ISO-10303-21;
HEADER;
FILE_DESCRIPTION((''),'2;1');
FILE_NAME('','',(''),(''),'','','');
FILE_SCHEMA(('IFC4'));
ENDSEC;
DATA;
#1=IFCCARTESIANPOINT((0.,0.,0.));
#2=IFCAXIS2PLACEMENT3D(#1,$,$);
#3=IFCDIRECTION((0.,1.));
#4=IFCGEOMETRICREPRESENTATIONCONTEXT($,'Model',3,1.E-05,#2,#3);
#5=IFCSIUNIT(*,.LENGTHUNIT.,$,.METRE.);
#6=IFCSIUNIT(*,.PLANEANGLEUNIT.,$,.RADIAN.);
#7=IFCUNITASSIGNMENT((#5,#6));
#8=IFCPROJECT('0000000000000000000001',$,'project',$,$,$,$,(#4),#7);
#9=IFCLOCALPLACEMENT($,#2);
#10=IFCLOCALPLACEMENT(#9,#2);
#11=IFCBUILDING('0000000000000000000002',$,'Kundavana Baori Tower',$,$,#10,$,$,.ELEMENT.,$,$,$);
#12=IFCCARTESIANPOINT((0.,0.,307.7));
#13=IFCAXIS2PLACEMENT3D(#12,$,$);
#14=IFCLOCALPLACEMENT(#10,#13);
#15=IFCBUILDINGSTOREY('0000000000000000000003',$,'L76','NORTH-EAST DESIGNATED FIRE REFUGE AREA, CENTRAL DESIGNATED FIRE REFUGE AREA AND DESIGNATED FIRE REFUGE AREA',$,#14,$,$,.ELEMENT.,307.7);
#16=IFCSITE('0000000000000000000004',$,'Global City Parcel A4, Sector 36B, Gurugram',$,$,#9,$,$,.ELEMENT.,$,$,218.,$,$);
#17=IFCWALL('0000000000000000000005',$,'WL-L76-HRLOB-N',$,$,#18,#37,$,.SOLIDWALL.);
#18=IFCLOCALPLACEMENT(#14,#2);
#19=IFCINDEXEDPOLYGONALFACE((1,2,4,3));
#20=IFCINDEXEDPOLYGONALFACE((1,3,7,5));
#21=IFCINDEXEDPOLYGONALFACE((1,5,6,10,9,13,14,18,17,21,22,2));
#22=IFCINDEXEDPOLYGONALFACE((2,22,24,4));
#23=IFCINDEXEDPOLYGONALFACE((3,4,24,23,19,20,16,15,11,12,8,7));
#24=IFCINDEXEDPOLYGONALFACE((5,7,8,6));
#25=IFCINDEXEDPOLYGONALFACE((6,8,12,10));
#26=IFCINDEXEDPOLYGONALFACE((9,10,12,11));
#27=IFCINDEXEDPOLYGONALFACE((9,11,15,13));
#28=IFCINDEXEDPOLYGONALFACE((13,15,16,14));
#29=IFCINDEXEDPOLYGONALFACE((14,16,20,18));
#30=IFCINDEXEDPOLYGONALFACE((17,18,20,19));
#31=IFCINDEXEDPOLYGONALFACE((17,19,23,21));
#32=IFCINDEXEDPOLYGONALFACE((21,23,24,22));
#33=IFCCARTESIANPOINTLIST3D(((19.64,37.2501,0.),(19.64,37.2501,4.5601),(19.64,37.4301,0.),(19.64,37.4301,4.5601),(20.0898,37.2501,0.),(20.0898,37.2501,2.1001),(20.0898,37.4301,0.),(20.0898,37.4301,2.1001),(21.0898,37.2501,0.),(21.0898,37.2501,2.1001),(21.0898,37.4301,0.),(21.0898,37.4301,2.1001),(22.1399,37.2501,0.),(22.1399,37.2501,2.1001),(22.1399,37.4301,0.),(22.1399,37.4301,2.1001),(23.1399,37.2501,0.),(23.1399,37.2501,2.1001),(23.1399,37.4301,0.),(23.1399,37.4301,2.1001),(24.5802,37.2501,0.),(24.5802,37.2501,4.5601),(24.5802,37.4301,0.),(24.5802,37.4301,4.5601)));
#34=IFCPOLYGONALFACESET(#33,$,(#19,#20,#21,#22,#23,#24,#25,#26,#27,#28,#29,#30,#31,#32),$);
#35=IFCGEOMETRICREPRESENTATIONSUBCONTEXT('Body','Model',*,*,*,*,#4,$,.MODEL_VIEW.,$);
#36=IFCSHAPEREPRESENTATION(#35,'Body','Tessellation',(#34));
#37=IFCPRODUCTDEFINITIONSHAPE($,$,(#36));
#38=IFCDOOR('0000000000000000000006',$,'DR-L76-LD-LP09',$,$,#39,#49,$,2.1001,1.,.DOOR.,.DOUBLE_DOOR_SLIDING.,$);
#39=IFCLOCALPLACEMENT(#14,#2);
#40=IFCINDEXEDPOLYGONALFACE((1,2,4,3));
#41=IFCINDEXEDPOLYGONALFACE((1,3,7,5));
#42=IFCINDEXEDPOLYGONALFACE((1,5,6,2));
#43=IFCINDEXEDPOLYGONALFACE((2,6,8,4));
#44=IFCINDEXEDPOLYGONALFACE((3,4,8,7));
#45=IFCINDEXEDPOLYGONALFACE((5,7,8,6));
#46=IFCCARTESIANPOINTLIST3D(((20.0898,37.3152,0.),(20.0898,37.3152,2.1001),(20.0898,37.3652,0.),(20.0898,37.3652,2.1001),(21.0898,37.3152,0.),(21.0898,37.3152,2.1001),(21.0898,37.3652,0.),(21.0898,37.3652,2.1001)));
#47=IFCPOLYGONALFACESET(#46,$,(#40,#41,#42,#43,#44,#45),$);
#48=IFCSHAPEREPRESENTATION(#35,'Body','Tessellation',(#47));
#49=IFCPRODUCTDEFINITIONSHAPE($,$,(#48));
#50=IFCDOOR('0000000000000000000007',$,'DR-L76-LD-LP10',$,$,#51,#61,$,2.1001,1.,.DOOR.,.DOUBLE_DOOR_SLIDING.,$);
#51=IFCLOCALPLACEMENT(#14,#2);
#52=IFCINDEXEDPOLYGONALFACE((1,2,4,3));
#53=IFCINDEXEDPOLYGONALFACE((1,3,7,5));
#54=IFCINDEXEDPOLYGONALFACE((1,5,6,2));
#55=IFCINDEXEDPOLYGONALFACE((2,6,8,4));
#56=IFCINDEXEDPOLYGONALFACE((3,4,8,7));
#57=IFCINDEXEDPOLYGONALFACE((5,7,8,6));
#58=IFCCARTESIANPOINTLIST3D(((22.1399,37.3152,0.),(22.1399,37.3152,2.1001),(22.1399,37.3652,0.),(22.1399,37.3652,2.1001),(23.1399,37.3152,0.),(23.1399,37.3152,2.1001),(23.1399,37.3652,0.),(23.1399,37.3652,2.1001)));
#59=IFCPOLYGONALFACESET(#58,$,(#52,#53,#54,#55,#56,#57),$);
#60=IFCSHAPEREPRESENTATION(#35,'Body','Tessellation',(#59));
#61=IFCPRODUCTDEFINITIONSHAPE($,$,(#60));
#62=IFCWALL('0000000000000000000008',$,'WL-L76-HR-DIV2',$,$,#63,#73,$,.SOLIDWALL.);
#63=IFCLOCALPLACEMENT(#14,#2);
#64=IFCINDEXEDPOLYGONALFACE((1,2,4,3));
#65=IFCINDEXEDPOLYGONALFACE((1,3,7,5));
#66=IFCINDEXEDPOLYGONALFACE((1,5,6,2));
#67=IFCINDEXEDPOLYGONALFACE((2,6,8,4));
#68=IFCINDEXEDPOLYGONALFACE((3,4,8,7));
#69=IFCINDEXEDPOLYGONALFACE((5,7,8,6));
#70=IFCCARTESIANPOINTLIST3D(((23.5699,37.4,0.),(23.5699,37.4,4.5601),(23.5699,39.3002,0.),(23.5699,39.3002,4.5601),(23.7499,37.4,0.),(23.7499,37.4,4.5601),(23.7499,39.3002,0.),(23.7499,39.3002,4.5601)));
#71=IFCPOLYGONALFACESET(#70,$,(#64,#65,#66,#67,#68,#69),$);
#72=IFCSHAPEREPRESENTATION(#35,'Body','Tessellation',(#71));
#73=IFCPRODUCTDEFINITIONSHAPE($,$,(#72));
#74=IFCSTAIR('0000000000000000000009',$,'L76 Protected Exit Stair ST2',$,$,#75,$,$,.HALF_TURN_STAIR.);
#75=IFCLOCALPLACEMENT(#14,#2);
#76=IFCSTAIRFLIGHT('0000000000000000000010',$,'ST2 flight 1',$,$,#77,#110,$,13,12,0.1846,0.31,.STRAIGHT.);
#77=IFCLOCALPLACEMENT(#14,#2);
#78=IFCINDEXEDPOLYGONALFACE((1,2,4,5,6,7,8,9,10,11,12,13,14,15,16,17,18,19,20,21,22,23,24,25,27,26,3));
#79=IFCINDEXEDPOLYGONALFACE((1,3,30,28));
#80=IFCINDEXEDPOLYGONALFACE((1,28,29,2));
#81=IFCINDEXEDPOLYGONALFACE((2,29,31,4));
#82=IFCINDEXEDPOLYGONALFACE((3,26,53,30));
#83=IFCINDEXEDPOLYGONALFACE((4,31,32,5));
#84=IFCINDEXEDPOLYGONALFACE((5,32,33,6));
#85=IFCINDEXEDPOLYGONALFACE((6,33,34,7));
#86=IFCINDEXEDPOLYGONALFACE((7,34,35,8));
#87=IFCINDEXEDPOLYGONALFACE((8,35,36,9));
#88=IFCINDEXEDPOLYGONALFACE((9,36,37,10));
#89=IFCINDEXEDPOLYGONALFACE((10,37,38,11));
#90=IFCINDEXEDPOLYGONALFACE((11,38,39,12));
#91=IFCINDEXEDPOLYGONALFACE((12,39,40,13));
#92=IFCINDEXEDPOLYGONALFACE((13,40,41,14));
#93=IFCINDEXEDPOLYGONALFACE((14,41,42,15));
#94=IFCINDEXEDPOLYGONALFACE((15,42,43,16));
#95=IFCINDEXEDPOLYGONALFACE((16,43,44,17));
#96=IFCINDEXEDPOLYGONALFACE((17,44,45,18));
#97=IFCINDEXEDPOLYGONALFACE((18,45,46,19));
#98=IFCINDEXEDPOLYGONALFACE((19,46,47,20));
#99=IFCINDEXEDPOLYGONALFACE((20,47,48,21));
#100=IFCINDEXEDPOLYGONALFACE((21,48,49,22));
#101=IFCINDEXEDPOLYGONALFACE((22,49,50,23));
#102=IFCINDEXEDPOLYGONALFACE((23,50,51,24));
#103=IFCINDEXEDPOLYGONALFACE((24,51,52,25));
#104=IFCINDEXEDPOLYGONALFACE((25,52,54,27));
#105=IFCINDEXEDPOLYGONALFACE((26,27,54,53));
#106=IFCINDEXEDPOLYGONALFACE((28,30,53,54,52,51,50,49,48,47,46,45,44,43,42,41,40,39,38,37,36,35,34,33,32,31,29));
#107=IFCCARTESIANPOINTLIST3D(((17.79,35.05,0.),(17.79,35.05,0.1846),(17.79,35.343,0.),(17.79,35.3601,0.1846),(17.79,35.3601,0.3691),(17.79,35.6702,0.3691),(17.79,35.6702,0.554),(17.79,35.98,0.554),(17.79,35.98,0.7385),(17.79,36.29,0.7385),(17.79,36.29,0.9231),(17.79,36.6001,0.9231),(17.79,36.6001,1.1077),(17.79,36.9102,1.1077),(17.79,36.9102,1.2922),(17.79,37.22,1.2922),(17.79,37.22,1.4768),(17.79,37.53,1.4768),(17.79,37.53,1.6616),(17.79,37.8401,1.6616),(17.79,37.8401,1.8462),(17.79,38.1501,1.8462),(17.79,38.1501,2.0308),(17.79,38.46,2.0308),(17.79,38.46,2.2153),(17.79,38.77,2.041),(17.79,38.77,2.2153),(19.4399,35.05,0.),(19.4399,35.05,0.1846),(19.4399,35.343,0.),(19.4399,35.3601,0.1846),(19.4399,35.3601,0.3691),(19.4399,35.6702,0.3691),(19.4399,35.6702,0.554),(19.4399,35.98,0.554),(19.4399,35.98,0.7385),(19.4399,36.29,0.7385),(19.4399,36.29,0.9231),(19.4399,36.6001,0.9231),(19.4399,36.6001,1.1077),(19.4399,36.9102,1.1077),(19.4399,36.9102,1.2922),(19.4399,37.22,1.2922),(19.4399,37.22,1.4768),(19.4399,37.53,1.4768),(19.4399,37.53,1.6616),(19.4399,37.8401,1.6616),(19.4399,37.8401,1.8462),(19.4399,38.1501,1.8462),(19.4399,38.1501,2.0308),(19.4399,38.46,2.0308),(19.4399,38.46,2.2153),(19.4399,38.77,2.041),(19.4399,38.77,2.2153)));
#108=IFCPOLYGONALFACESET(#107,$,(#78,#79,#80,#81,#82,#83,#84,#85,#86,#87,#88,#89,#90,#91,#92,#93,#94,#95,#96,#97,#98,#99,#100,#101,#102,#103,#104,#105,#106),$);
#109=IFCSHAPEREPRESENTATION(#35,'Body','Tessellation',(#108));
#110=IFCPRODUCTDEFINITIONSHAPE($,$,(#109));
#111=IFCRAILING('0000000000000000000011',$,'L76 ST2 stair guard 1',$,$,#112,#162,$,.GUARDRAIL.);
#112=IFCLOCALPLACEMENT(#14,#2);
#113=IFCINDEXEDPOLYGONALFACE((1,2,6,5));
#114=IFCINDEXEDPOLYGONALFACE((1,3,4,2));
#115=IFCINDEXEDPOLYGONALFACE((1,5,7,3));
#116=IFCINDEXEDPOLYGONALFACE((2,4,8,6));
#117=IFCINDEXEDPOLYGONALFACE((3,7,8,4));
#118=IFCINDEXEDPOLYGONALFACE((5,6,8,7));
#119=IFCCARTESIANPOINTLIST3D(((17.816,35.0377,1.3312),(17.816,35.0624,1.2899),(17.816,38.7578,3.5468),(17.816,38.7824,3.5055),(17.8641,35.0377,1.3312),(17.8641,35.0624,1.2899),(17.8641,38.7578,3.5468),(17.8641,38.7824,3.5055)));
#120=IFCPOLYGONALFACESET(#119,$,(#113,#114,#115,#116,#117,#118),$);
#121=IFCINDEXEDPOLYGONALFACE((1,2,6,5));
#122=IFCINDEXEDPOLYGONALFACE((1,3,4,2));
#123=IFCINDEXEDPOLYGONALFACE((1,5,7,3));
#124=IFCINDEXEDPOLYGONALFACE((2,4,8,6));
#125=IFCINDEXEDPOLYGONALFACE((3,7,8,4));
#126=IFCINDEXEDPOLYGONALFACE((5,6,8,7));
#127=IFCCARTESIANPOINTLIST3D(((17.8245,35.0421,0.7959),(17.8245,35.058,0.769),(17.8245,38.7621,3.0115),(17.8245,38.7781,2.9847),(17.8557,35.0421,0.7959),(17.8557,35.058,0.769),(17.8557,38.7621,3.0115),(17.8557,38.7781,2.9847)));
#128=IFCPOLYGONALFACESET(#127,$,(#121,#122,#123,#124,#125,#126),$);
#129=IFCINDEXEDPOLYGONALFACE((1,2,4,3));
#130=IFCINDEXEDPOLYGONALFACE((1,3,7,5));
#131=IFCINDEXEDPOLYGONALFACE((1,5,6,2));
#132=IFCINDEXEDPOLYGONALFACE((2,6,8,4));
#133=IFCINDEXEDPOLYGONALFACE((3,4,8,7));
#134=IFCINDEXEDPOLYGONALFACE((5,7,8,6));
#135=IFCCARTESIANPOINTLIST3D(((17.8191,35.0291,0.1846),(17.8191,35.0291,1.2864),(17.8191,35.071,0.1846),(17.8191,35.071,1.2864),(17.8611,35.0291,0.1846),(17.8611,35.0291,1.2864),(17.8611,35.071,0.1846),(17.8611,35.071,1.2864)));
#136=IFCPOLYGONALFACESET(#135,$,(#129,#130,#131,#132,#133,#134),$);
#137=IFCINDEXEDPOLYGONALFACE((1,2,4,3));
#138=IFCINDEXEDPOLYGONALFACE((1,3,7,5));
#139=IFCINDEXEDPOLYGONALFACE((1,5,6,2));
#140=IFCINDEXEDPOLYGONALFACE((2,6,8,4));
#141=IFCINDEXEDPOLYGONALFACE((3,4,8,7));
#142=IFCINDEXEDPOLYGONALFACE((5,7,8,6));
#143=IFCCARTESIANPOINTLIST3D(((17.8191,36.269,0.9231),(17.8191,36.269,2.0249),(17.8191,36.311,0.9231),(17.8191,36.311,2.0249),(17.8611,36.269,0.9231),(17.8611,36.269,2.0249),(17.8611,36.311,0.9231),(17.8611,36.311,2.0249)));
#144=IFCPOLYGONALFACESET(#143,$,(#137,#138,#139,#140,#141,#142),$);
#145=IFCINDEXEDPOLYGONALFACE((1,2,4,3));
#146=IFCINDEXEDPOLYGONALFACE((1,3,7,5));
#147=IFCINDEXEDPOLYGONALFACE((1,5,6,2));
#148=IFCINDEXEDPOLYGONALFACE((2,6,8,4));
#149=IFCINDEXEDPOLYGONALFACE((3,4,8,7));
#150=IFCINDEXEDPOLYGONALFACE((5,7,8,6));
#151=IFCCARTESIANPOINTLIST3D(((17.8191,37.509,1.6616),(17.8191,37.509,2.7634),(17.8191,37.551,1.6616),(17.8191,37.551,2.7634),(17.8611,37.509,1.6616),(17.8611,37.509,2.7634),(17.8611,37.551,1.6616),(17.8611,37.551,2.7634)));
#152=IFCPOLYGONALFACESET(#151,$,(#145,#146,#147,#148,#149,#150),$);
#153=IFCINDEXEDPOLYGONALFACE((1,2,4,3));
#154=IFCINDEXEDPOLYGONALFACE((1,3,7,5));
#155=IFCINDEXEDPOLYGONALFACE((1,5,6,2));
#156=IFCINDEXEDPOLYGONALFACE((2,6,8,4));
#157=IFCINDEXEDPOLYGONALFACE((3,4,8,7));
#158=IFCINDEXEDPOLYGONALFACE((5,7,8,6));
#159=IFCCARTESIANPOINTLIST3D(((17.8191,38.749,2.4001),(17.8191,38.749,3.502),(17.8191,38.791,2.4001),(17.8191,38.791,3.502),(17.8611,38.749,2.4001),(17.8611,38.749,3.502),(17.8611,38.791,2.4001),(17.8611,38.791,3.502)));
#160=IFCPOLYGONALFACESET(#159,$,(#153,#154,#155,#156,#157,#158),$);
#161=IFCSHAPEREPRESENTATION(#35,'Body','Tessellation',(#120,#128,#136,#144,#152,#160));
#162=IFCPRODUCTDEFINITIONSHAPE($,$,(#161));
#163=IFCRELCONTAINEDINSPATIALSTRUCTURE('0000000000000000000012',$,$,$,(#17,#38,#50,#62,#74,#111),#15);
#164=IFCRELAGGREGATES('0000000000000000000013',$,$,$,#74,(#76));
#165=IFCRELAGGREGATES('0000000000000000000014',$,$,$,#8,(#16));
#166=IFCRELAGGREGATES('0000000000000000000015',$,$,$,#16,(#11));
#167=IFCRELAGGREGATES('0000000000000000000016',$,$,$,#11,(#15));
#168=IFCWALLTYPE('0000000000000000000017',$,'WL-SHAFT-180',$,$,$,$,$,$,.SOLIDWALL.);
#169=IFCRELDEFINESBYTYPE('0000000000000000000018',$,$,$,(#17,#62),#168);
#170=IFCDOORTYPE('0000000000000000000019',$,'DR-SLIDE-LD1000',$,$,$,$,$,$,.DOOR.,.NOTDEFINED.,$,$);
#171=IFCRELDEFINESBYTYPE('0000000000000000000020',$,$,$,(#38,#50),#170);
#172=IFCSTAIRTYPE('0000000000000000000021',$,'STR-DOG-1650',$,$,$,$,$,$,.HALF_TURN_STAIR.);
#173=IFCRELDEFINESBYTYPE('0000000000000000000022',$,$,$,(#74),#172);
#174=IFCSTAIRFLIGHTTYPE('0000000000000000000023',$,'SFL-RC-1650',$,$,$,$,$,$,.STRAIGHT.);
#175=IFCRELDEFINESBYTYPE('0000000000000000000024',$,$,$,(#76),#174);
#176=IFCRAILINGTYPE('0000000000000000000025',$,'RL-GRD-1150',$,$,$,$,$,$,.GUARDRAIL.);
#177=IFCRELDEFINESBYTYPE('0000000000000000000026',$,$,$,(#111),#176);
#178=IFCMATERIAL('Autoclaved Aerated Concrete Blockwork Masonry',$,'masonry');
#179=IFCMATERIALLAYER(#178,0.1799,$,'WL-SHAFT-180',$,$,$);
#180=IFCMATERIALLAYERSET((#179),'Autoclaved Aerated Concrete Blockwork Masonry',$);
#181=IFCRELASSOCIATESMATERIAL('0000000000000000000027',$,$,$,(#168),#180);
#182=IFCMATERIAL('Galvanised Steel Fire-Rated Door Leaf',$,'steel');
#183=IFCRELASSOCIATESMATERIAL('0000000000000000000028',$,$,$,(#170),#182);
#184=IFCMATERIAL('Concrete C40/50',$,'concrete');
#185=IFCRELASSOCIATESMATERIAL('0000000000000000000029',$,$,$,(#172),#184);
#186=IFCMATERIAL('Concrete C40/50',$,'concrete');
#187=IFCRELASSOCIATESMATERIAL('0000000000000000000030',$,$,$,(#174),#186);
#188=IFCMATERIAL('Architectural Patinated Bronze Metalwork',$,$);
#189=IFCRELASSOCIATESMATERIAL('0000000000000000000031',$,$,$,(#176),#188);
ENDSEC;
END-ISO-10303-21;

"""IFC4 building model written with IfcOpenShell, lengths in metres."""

from ifc_helpers import new_model, si_unit, direction, frame, frame_2d, origin, origin_2d, place, context, subcontext, project, spatial, polyline, rectangle, outline, extrude, material, layer, layer_set, type_object, element, fill, aggregate, save


model = new_model("IFC4")

# Units and contexts
model_context = context("Model", 3, precision=1e-05, world=origin(), true_north=direction((0.0, 1.0)))
body_context = subcontext(model_context, "Body", "Model", "MODEL_VIEW")
ifc_project = project(units=[si_unit("LENGTHUNIT", "METRE"), si_unit("PLANEANGLEUNIT", "RADIAN")], contexts=[model_context])

# Site, building, storey
site_placement = place(None, origin())
site = spatial("IfcSite", under=ifc_project, at=site_placement, Name="Global City Parcel A4, Sector 36B, Gurugram", CompositionType="ELEMENT", RefElevation=218.0)
building_placement = place(site_placement, origin())
building = spatial("IfcBuilding", under=site, at=building_placement, Name="Kundavana Baori Tower", CompositionType="ELEMENT")
storey_placement = place(building_placement, frame((0.0, 0.0, 307.7)))
storey = spatial("IfcBuildingStorey", under=building, at=storey_placement, Name="L76", Description="NORTH-EAST DESIGNATED FIRE REFUGE AREA, CENTRAL DESIGNATED FIRE REFUGE AREA AND DESIGNATED FIRE REFUGE AREA", CompositionType="ELEMENT", Elevation=307.7)

# Shared definitions
ifc_material_1 = material(Name="Autoclaved Aerated Concrete Blockwork Masonry", Category="masonry")
ifc_layer_1 = layer(ifc_material_1, 0.1799, Name="WL-SHAFT-180")
ifc_layer_set_1 = layer_set([ifc_layer_1], Name="Autoclaved Aerated Concrete Blockwork Masonry")
wall_type_1 = type_object("IfcWallType", Name="WL-SHAFT-180", PredefinedType="SOLIDWALL", material=ifc_layer_set_1)
ifc_material_2 = material(Name="Galvanised Steel Fire-Rated Door Leaf", Category="steel")
door_type_1 = type_object("IfcDoorType", Name="DR-SLIDE-LD1000", OperationType="NOTDEFINED", PredefinedType="DOOR", material=ifc_material_2)

# Wall, openings, doors
wall_1_placement = place(storey_placement, frame((19.6399, 37.3401, 0.0), z_axis=(0.0, 0.0, 1.0), x_axis=(1.0, 0.0, 0.0)))
wall_1 = element("IfcWall", 1, at=wall_1_placement, inside=storey, type_object=wall_type_1, Name="WL-L76-HRLOB-N", PredefinedType="SOLIDWALL", context=body_context, shape_type="SweptSolid", body=[
    extrude(rectangle(XDim=4.9402, YDim=0.1799, at=frame_2d((2.4702, 0.0))), origin(), (0.0, 0.0, 1.0), 4.5601),
])
opening_1_placement = place(wall_1_placement, frame((0.45, 0.0, 0.0)))
opening_1 = element("IfcOpeningElement", 2, at=opening_1_placement, cuts=wall_1, PredefinedType="OPENING", context=body_context, shape_type="SweptSolid", body=[
    extrude(rectangle(XDim=1.0, YDim=2.1001, at=frame_2d((0.5, 1.05))), frame((0.0, 0.1001, 0.0), z_axis=(0.0, -1.0, 0.0), x_axis=(1.0, 0.0, 0.0)), (0.0, 0.0, 1.0), 0.2),
])
opening_2_placement = place(wall_1_placement, frame((2.5, 0.0, 0.0)))
opening_2 = element("IfcOpeningElement", 3, at=opening_2_placement, cuts=wall_1, PredefinedType="OPENING", context=body_context, shape_type="SweptSolid", body=[
    extrude(rectangle(XDim=1.0, YDim=2.1001, at=frame_2d((0.5, 1.05))), frame((0.0, 0.1001, 0.0), z_axis=(0.0, -1.0, 0.0), x_axis=(1.0, 0.0, 0.0)), (0.0, 0.0, 1.0), 0.2),
])
door_1_placement = place(opening_1_placement, frame((1.0, 0.0, 0.0), z_axis=(0.0, 0.0, 1.0), x_axis=(-1.0, 0.0, 0.0)))
door_1 = element("IfcDoor", 4, at=door_1_placement, inside=storey, type_object=door_type_1, Name="DR-L76-LD-LP09", OperationType="DOUBLE_DOOR_SLIDING", OverallHeight=2.1001, OverallWidth=1.0, PredefinedType="DOOR", context=body_context, shape_type="SweptSolid", body=[
    extrude(rectangle(XDim=1.0, YDim=2.1001, at=frame_2d((0.5, 1.05))), frame((0.0, 0.0249, 0.0), z_axis=(0.0, -1.0, 0.0), x_axis=(1.0, 0.0, 0.0)), (0.0, 0.0, 1.0), 0.05),
])
fill(opening_1, door_1)
door_2_placement = place(opening_2_placement, frame((1.0, 0.0, 0.0), z_axis=(0.0, 0.0, 1.0), x_axis=(-1.0, 0.0, 0.0)))
door_2 = element("IfcDoor", 5, at=door_2_placement, inside=storey, type_object=door_type_1, Name="DR-L76-LD-LP10", OperationType="DOUBLE_DOOR_SLIDING", OverallHeight=2.1001, OverallWidth=1.0, PredefinedType="DOOR", context=body_context, shape_type="SweptSolid", body=[
    extrude(rectangle(XDim=1.0, YDim=2.1001, at=frame_2d((0.5, 1.05))), frame((0.0, 0.0249, 0.0), z_axis=(0.0, -1.0, 0.0), x_axis=(1.0, 0.0, 0.0)), (0.0, 0.0, 1.0), 0.05),
])
fill(opening_2, door_2)

# Wall
wall_2_placement = place(storey_placement, frame((23.6599, 37.3999, 0.0), z_axis=(0.0, 0.0, 1.0), x_axis=(0.0, 1.0, 0.0)))
element("IfcWall", 6, at=wall_2_placement, inside=storey, type_object=wall_type_1, Name="WL-L76-HR-DIV2", PredefinedType="SOLIDWALL", context=body_context, shape_type="SweptSolid", body=[
    extrude(rectangle(XDim=1.9001, YDim=0.1799, at=frame_2d((0.9502, 0.0))), origin(), (0.0, 0.0, 1.0), 4.5601),
])

# Stair, stair flight
ifc_material_3 = material(Name="Concrete C40/50", Category="concrete")
stair_type = type_object("IfcStairType", Name="STR-DOG-1650", PredefinedType="HALF_TURN_STAIR", material=ifc_material_3)
stair_placement = place(storey_placement, origin())
stair = element("IfcStair", 7, at=stair_placement, inside=storey, type_object=stair_type, Name="L76 Protected Exit Stair ST2", PredefinedType="HALF_TURN_STAIR")
ifc_material_4 = material(Name="Concrete C40/50", Category="concrete")
stair_flight_type = type_object("IfcStairFlightType", Name="SFL-RC-1650", PredefinedType="STRAIGHT", material=ifc_material_4)
stair_flight_placement = place(storey_placement, frame((18.615, 35.05, 0.0), z_axis=(0.0, 0.0, 1.0), x_axis=(0.0, 1.0, 0.0)))
stair_flight = element("IfcStairFlight", 8, at=stair_flight_placement, type_object=stair_flight_type, Name="ST2 flight 1", NumberOfRisers=13, NumberOfTreads=12, PredefinedType="STRAIGHT", RiserHeight=0.1846, TreadLength=0.31, context=body_context, shape_type="SweptSolid", body=[
    extrude(outline(polyline([(0.0, 0.0), (0.0, 0.1846), (0.3101, 0.1846), (0.3101, 0.3691), (0.6201, 0.3691), (0.6201, 0.554), (0.9299, 0.554), (0.9299, 0.7385), (1.24, 0.7385), (1.24, 0.9231), (1.55, 0.9231), (1.55, 1.1077), (1.8601, 1.1077), (1.8601, 1.2922), (2.1699, 1.2922), (2.1699, 1.4768), (2.48, 1.4768), (2.48, 1.6616), (2.79, 1.6616), (2.79, 1.8462), (3.1001, 1.8462), (3.1001, 2.0308), (3.4099, 2.0308), (3.4099, 2.2153), (3.72, 2.2153), (3.72, 2.3999), (3.72, 2.041), (0.293, 0.0), (0.0, 0.0)])), frame((0.0, 0.825, 0.0), z_axis=(0.0, -1.0, 0.0), x_axis=(1.0, 0.0, 0.0)), (0.0, 0.0, 1.0), 1.6499),
])
aggregate(stair, [stair_flight])

# Railing
ifc_material_5 = material(Name="Architectural Patinated Bronze Metalwork")
railing_type_1 = type_object("IfcRailingType", Name="RL-GRD-1150", PredefinedType="GUARDRAIL", material=ifc_material_5)
railing_1_placement = place(storey_placement, frame((17.8401, 35.05, 0.1846)))
element("IfcRailing", 9, at=railing_1_placement, inside=storey, type_object=railing_type_1, Name="L76 ST2 stair guard 1", PredefinedType="GUARDRAIL", context=body_context, shape_type="SweptSolid", body=[
    extrude(rectangle(XDim=0.0481, YDim=0.0481, at=origin_2d()), frame((0.0, 0.0, 1.126), z_axis=(0.0, 0.85916, 0.511707), x_axis=(-1.0, 0.0, 0.0)), (0.0, 0.0, 1.0), 4.3298),
    extrude(rectangle(XDim=0.0312, YDim=0.0312, at=origin_2d()), frame((0.0, 0.0, 0.5979), z_axis=(0.0, 0.85916, 0.511707), x_axis=(-1.0, 0.0, 0.0)), (0.0, 0.0, 1.0), 4.3298),
    extrude(rectangle(XDim=0.042, YDim=0.042, at=origin_2d()), origin(), (0.0, 0.0, 1.0), 1.1018),
    extrude(rectangle(XDim=0.042, YDim=0.042, at=origin_2d()), frame((0.0, 1.24, 0.7385)), (0.0, 0.0, 1.0), 1.1018),
    extrude(rectangle(XDim=0.042, YDim=0.042, at=origin_2d()), frame((0.0, 2.48, 1.4771)), (0.0, 0.0, 1.0), 1.1018),
    extrude(rectangle(XDim=0.042, YDim=0.042, at=origin_2d()), frame((0.0, 3.72, 2.2156)), (0.0, 0.0, 1.0), 1.1018),
])

save(model, "model.ifc")
